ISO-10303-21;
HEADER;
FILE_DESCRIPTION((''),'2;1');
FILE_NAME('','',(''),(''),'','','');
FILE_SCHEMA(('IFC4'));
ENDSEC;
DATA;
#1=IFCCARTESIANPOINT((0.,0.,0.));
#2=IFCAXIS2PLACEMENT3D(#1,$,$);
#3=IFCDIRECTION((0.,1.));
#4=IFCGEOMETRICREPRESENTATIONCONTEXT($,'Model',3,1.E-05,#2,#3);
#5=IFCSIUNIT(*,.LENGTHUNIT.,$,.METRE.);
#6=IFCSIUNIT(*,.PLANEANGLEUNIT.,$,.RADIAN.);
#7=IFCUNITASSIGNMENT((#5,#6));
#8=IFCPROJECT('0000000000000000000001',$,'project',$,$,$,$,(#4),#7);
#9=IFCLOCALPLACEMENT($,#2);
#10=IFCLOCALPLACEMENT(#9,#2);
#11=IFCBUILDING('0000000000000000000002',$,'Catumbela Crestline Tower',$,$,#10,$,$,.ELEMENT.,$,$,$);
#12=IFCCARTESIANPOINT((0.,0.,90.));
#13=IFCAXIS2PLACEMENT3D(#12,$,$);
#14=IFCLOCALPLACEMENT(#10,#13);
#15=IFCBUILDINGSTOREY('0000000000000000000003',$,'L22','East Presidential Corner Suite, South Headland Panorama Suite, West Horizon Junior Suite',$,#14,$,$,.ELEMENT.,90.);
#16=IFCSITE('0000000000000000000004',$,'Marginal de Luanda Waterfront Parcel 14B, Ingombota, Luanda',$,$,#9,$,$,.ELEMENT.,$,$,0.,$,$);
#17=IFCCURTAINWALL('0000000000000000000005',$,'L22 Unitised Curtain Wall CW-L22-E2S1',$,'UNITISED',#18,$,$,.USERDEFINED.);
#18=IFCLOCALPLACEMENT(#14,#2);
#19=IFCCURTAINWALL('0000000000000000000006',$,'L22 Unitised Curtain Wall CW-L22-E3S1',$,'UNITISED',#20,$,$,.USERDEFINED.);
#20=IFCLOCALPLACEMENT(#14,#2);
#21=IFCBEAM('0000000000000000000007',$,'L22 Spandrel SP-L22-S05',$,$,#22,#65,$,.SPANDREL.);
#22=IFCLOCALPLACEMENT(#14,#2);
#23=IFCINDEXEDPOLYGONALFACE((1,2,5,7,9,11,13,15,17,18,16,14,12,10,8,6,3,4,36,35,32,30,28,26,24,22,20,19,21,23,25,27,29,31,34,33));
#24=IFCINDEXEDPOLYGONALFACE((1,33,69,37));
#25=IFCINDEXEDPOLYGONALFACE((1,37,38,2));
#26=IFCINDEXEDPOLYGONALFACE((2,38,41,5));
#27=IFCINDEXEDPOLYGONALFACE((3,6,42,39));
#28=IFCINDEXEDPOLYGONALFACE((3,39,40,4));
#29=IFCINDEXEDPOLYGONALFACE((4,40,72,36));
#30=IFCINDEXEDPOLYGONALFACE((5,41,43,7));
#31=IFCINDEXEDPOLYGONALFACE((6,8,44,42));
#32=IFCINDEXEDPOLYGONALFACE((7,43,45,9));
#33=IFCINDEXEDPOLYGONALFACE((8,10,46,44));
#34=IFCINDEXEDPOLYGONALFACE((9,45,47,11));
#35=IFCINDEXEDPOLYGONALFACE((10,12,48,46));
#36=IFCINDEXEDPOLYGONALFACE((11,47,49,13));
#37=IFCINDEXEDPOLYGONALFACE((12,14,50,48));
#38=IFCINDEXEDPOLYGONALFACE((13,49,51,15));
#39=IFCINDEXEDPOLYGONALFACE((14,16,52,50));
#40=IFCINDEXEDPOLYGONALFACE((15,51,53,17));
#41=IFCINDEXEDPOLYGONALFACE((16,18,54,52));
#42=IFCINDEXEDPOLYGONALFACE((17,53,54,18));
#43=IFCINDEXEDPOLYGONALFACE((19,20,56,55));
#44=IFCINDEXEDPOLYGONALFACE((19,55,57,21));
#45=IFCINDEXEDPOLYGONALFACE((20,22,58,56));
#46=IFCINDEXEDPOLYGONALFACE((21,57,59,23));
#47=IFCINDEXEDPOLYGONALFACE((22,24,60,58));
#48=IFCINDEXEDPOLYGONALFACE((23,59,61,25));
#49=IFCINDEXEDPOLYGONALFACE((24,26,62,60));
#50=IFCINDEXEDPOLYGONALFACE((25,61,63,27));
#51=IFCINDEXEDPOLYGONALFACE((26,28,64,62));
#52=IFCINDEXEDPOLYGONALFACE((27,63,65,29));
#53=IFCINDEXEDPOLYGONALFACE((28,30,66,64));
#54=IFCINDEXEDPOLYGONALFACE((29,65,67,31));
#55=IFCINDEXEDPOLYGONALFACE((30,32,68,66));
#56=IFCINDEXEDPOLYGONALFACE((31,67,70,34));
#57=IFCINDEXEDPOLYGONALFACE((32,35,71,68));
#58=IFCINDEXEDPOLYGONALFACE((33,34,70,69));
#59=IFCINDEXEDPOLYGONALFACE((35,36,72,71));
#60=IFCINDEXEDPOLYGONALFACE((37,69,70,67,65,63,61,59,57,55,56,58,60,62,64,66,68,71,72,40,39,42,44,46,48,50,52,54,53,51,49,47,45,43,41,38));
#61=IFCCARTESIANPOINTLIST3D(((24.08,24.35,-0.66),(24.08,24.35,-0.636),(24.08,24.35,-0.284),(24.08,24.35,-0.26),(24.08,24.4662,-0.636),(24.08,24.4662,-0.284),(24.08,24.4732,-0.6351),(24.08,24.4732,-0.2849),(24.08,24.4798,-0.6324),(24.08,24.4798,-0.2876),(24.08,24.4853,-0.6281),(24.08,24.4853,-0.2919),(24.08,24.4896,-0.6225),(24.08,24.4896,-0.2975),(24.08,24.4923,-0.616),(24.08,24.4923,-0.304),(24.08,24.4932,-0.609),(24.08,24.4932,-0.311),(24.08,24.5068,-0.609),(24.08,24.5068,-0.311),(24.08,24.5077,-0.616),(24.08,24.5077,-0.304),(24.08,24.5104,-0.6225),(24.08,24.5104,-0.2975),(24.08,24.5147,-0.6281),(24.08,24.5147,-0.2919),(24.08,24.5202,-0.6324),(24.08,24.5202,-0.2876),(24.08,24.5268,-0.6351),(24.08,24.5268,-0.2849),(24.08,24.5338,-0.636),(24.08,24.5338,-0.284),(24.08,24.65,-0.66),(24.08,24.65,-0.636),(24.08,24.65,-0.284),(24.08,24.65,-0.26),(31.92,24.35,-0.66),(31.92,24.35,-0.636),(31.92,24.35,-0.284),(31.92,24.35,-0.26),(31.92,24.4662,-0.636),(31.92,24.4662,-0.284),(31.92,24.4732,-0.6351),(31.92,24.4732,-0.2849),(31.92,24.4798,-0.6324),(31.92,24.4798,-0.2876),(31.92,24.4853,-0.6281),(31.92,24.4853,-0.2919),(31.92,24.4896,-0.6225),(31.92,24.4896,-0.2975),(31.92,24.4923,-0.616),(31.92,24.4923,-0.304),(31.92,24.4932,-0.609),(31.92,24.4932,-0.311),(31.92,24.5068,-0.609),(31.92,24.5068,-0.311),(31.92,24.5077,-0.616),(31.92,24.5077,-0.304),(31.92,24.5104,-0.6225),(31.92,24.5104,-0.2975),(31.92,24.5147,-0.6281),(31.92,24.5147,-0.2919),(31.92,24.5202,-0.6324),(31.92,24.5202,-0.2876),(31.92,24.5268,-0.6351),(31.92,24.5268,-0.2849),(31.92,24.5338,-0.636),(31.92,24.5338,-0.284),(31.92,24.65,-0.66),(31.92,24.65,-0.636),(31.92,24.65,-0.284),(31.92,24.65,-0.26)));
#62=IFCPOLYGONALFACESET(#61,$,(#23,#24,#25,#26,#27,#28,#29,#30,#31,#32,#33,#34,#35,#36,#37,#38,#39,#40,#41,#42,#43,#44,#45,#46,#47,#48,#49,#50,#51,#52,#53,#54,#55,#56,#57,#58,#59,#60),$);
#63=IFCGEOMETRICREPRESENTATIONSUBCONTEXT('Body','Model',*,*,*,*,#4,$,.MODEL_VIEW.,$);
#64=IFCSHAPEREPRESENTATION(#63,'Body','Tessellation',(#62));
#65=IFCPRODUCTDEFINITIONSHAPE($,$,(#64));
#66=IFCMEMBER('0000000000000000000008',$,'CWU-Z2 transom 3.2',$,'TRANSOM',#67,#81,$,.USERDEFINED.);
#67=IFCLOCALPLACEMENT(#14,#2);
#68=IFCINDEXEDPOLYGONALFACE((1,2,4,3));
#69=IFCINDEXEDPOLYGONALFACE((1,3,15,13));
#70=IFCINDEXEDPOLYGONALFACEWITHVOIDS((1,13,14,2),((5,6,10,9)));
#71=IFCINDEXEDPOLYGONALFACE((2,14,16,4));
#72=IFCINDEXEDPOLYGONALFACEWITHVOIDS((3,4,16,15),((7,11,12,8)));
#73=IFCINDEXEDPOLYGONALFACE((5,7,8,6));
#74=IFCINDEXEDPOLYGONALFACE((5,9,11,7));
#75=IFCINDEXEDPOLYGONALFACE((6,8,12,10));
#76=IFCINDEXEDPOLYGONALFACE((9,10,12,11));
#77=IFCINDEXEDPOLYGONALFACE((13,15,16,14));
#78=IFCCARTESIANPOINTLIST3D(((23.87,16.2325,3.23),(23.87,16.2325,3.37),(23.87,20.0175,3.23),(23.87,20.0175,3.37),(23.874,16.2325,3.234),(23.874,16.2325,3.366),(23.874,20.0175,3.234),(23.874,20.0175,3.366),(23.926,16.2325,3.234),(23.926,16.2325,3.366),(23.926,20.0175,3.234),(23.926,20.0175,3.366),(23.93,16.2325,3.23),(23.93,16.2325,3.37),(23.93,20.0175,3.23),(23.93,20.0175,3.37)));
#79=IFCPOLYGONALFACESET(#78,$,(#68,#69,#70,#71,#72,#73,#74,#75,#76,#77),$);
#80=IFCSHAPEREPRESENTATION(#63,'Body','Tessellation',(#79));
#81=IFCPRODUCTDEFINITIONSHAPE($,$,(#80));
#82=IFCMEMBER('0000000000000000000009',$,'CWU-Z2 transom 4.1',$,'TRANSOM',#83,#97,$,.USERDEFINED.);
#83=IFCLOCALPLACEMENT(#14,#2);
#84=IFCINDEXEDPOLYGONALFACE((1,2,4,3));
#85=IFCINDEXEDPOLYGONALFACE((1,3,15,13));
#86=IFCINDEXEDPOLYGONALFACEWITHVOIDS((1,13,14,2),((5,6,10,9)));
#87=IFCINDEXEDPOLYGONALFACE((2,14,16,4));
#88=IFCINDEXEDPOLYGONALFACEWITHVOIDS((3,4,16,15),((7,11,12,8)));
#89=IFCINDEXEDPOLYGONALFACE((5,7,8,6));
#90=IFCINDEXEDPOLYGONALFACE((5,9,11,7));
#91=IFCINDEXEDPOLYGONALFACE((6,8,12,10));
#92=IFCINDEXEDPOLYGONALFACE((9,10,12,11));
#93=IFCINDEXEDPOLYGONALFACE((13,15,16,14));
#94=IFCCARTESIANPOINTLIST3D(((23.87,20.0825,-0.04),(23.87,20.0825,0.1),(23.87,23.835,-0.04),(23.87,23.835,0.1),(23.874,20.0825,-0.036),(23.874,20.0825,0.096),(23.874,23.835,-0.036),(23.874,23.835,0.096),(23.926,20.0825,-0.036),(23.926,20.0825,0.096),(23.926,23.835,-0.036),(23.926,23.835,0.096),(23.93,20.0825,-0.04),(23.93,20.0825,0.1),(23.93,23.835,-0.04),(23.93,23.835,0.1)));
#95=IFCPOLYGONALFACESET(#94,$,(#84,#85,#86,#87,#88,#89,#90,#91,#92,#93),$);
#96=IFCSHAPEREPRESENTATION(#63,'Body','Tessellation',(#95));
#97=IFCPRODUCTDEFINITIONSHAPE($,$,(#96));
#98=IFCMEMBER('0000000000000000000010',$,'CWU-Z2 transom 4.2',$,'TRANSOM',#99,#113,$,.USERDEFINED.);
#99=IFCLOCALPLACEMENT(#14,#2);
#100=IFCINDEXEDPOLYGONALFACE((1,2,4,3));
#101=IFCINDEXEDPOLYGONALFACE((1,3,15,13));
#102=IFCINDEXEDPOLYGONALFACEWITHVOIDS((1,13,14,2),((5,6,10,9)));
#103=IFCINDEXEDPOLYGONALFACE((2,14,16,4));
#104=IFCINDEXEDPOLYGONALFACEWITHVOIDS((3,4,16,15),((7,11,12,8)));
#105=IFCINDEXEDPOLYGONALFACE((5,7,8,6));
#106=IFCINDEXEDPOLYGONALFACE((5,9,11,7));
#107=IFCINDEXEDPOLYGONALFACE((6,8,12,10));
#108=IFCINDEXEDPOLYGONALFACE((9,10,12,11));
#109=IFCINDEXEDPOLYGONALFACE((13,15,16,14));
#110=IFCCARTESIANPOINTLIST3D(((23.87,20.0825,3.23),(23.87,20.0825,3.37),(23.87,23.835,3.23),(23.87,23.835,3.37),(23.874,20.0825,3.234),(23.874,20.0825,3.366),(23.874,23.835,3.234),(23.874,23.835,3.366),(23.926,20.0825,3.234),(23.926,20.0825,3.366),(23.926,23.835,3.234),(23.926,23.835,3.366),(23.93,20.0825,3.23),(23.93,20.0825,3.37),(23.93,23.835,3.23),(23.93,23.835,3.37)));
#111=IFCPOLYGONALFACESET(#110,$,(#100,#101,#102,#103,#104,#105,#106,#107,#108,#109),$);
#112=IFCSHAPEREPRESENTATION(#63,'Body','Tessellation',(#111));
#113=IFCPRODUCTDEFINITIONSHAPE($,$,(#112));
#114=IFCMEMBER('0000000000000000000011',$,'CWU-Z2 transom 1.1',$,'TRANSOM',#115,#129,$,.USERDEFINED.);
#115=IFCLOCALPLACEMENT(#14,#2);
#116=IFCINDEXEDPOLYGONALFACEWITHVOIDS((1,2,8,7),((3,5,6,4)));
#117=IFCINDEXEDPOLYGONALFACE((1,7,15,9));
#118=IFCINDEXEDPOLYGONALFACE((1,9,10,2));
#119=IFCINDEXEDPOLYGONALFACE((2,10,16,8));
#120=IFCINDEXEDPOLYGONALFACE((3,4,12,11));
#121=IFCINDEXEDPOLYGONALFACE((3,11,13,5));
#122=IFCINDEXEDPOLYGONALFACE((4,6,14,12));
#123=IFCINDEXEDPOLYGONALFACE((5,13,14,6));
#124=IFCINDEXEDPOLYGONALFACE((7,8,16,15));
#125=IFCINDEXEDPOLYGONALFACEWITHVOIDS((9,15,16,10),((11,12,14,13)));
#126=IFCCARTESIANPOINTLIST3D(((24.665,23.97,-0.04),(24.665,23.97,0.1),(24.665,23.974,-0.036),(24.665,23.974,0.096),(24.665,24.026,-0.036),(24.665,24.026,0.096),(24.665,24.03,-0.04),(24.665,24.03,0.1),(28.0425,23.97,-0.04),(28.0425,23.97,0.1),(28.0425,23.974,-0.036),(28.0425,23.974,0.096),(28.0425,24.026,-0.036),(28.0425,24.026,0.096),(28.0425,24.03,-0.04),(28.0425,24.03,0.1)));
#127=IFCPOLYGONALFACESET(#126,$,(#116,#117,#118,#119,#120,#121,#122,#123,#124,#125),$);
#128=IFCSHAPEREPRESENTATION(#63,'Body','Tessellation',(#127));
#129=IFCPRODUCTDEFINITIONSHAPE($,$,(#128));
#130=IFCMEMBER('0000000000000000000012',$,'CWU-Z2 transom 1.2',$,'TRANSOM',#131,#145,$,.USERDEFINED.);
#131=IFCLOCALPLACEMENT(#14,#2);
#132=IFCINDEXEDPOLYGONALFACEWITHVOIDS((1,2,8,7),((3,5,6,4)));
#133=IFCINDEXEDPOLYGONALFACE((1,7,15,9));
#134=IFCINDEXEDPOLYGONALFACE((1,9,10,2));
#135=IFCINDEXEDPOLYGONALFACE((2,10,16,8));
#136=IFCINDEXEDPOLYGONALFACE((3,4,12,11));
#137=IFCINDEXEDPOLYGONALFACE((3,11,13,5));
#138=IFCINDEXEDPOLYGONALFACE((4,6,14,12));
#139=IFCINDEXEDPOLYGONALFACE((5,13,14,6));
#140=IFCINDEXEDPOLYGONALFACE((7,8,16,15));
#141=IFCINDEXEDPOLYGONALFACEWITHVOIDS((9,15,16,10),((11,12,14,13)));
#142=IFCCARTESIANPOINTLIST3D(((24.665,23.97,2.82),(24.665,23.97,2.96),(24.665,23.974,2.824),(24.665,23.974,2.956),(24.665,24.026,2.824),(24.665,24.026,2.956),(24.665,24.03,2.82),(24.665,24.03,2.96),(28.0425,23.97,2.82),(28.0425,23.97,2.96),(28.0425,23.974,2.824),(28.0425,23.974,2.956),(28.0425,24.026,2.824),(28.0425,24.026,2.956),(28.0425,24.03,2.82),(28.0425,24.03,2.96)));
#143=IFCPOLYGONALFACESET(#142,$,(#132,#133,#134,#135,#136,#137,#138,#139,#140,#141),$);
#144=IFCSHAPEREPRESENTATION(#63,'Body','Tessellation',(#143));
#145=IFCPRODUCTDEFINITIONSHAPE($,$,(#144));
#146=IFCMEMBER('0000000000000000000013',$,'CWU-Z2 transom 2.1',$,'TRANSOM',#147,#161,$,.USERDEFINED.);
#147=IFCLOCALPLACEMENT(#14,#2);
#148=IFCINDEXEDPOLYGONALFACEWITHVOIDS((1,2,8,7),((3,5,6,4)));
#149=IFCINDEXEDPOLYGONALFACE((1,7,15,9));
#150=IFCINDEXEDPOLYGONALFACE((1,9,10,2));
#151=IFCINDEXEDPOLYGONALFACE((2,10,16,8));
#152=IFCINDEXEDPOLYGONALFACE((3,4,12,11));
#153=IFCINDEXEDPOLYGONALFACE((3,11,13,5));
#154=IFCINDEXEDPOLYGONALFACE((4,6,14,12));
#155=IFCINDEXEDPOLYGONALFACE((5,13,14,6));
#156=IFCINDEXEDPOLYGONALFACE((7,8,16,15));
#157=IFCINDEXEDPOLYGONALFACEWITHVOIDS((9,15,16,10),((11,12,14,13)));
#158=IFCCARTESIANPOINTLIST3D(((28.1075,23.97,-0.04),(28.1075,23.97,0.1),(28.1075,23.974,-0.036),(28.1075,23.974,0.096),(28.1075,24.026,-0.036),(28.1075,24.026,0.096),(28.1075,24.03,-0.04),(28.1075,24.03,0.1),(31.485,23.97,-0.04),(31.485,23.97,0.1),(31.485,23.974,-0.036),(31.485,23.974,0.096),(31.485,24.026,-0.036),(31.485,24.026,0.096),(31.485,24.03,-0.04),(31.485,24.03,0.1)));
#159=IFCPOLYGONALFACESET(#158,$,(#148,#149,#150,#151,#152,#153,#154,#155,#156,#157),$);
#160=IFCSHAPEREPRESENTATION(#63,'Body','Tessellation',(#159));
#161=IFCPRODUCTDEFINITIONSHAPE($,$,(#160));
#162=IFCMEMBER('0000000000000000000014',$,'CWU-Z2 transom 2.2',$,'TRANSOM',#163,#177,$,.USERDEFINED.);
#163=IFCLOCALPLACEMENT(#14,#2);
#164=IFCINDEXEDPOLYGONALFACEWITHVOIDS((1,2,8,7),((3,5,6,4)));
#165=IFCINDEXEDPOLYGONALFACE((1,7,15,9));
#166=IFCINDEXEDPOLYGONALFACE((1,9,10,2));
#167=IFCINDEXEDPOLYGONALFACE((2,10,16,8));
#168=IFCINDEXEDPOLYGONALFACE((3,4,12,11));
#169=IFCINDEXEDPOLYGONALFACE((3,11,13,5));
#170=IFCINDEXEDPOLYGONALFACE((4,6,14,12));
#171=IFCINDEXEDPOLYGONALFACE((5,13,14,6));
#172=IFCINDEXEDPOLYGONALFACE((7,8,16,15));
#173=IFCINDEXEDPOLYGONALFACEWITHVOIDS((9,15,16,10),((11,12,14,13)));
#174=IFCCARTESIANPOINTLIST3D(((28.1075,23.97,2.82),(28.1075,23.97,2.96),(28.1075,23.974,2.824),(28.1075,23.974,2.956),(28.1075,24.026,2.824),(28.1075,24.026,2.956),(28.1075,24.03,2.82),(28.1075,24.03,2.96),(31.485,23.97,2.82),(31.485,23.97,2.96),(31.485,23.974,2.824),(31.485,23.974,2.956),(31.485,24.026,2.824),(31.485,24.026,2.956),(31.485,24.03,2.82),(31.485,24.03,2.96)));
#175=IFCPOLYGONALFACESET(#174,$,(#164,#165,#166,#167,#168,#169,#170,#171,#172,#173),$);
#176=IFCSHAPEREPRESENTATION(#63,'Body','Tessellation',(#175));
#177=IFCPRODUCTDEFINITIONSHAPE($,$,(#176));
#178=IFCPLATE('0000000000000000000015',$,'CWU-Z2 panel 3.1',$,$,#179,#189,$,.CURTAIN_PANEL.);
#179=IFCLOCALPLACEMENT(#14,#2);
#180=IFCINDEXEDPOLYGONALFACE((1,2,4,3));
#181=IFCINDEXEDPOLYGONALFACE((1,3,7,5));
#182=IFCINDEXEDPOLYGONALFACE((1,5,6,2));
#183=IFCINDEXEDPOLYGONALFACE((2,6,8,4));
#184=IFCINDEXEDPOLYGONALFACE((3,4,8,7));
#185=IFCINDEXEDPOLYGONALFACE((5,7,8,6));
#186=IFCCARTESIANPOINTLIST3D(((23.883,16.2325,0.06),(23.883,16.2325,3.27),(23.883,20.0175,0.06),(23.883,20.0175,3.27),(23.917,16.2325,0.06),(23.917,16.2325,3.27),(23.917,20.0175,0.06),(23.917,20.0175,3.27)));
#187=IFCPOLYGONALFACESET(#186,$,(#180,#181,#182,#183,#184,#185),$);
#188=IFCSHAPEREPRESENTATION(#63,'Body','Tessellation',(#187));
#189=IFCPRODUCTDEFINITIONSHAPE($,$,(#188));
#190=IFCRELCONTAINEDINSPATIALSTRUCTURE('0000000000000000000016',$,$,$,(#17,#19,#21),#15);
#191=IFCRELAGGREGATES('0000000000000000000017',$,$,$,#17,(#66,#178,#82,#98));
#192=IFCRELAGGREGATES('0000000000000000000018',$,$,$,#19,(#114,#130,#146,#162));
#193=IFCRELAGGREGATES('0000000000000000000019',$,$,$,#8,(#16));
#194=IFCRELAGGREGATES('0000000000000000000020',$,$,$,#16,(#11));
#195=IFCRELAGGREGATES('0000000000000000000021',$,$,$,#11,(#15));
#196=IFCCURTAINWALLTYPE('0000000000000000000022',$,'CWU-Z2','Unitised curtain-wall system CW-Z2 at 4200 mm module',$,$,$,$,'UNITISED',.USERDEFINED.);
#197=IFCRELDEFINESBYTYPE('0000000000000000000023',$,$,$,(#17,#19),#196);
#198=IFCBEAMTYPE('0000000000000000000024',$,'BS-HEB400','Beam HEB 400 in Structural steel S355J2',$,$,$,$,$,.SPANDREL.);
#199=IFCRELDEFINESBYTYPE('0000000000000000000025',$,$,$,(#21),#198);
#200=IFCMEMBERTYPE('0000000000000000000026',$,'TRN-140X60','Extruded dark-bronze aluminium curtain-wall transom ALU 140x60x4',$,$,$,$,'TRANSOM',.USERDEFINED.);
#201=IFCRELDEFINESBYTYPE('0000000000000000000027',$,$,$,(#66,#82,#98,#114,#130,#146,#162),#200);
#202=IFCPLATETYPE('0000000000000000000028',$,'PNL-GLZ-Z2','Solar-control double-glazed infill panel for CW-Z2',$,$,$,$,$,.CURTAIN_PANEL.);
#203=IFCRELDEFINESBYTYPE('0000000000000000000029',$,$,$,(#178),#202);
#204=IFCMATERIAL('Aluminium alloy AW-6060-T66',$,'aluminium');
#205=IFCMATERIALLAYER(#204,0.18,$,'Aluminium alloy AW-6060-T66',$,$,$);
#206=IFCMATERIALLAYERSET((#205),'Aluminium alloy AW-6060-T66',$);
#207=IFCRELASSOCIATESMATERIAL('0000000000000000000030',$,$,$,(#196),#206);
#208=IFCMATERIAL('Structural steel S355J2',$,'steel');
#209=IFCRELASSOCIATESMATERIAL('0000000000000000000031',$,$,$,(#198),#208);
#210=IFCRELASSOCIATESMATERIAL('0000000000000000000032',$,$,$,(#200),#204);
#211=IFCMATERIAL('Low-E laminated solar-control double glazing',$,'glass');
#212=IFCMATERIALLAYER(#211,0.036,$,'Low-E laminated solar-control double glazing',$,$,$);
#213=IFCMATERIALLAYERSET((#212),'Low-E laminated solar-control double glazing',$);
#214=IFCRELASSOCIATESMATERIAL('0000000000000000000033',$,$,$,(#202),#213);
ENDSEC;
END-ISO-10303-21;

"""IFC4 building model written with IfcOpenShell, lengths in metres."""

from ifc_helpers import new_model, si_unit, direction, frame, origin, origin_2d, place, context, subcontext, project, spatial, rectangle, hollow_rectangle, i_section, extrude, material, layer, layer_set, material_profile, profile_set, type_object, element, aggregate, save


model = new_model("IFC4")

# Units and contexts
model_context = context("Model", 3, precision=1e-05, world=origin(), true_north=direction((0.0, 1.0)))
body_context = subcontext(model_context, "Body", "Model", "MODEL_VIEW")
ifc_project = project(units=[si_unit("LENGTHUNIT", "METRE"), si_unit("PLANEANGLEUNIT", "RADIAN")], contexts=[model_context])

# Site, building, storey
site_placement = place(None, origin())
site = spatial("IfcSite", under=ifc_project, at=site_placement, Name="Marginal de Luanda Waterfront Parcel 14B, Ingombota, Luanda", CompositionType="ELEMENT", RefElevation=0.0)
building_placement = place(site_placement, origin())
building = spatial("IfcBuilding", under=site, at=building_placement, Name="Catumbela Crestline Tower", CompositionType="ELEMENT")
storey_placement = place(building_placement, frame((0.0, 0.0, 90.0)))
storey = spatial("IfcBuildingStorey", under=building, at=storey_placement, Name="L22", Description="East Presidential Corner Suite, South Headland Panorama Suite, West Horizon Junior Suite", CompositionType="ELEMENT", Elevation=90.0)

# Shared definitions
ifc_material_1 = material(Name="Structural steel S355J2", Category="steel")

# Curtain walls
ifc_material_2 = material(Name="Aluminium alloy AW-6060-T66", Category="aluminium")
ifc_layer_1 = layer(ifc_material_2, 0.18, Name="Aluminium alloy AW-6060-T66")
ifc_layer_set_1 = layer_set([ifc_layer_1], Name="Aluminium alloy AW-6060-T66")
curtain_wall_type = type_object("IfcCurtainWallType", Name="CWU-Z2", Description="Unitised curtain-wall system CW-Z2 at 4200 mm module", ElementType="UNITISED", PredefinedType="USERDEFINED", material=ifc_layer_set_1)
curtain_wall_1_placement = place(storey_placement, origin())
curtain_wall_1 = element("IfcCurtainWall", 1, at=curtain_wall_1_placement, inside=storey, type_object=curtain_wall_type, Name="L22 Unitised Curtain Wall CW-L22-E2S1", ObjectType="UNITISED", PredefinedType="USERDEFINED")
curtain_wall_2_placement = place(storey_placement, origin())
curtain_wall_2 = element("IfcCurtainWall", 2, at=curtain_wall_2_placement, inside=storey, type_object=curtain_wall_type, Name="L22 Unitised Curtain Wall CW-L22-E3S1", ObjectType="UNITISED", PredefinedType="USERDEFINED")

# Beam
ifc_material_profile_1 = material_profile(ifc_material_1, i_section(OverallWidth=0.3, OverallDepth=0.4, WebThickness=0.0135, FlangeThickness=0.024, FilletRadius=0.027, at=origin_2d()), Name="HEB 400")
ifc_profile_set_1 = profile_set([ifc_material_profile_1], Name="Structural steel S355J2")
beam_type_1 = type_object("IfcBeamType", Name="BS-HEB400", Description="Beam HEB 400 in Structural steel S355J2", PredefinedType="SPANDREL", material=ifc_profile_set_1)
beam_1_placement = place(storey_placement, frame((24.08, 24.5, -0.46), z_axis=(1.0, 0.0, 0.0), x_axis=(0.0, 1.0, 0.0)))
element("IfcBeam", 3, at=beam_1_placement, inside=storey, type_object=beam_type_1, Name="L22 Spandrel SP-L22-S05", PredefinedType="SPANDREL", context=body_context, shape_type="SweptSolid", body=[
    extrude(i_section(OverallWidth=0.3, OverallDepth=0.4, WebThickness=0.0135, FlangeThickness=0.024, FilletRadius=0.027, at=origin_2d()), origin(), (0.0, 0.0, 1.0), 7.84),
])

# Members
ifc_material_profile_2 = material_profile(ifc_material_2, hollow_rectangle(XDim=0.06, YDim=0.14, WallThickness=0.004, at=origin_2d()), Name="ALU 140x60x4")
ifc_profile_set_2 = profile_set([ifc_material_profile_2], Name="Aluminium alloy AW-6060-T66")
member_type_1 = type_object("IfcMemberType", Name="TRN-140X60", Description="Extruded dark-bronze aluminium curtain-wall transom ALU 140x60x4", ElementType="TRANSOM", PredefinedType="USERDEFINED", material=ifc_profile_set_2)
member_1_placement = place(storey_placement, frame((23.9, 16.2325, 3.3), z_axis=(0.0, 1.0, 0.0), x_axis=(-1.0, 0.0, 0.0)))
member_1 = element("IfcMember", 4, at=member_1_placement, type_object=member_type_1, Name="CWU-Z2 transom 3.2", ObjectType="TRANSOM", PredefinedType="USERDEFINED", context=body_context, shape_type="SweptSolid", body=[
    extrude(hollow_rectangle(XDim=0.06, YDim=0.14, WallThickness=0.004, at=origin_2d()), origin(), (0.0, 0.0, 1.0), 3.785),
])
member_2_placement = place(storey_placement, frame((23.9, 20.0825, 0.03), z_axis=(0.0, 1.0, 0.0), x_axis=(-1.0, 0.0, 0.0)))
member_2 = element("IfcMember", 5, at=member_2_placement, type_object=member_type_1, Name="CWU-Z2 transom 4.1", ObjectType="TRANSOM", PredefinedType="USERDEFINED", context=body_context, shape_type="SweptSolid", body=[
    extrude(hollow_rectangle(XDim=0.06, YDim=0.14, WallThickness=0.004, at=origin_2d()), origin(), (0.0, 0.0, 1.0), 3.7525),
])
member_3_placement = place(storey_placement, frame((23.9, 20.0825, 3.3), z_axis=(0.0, 1.0, 0.0), x_axis=(-1.0, 0.0, 0.0)))
member_3 = element("IfcMember", 6, at=member_3_placement, type_object=member_type_1, Name="CWU-Z2 transom 4.2", ObjectType="TRANSOM", PredefinedType="USERDEFINED", context=body_context, shape_type="SweptSolid", body=[
    extrude(hollow_rectangle(XDim=0.06, YDim=0.14, WallThickness=0.004, at=origin_2d()), origin(), (0.0, 0.0, 1.0), 3.7525),
])
member_4_placement = place(storey_placement, frame((24.665, 24.0, 0.03), z_axis=(1.0, 0.0, 0.0), x_axis=(0.0, 1.0, 0.0)))
member_4 = element("IfcMember", 7, at=member_4_placement, type_object=member_type_1, Name="CWU-Z2 transom 1.1", ObjectType="TRANSOM", PredefinedType="USERDEFINED", context=body_context, shape_type="SweptSolid", body=[
    extrude(hollow_rectangle(XDim=0.06, YDim=0.14, WallThickness=0.004, at=origin_2d()), origin(), (0.0, 0.0, 1.0), 3.3775),
])
member_5_placement = place(storey_placement, frame((24.665, 24.0, 2.89), z_axis=(1.0, 0.0, 0.0), x_axis=(0.0, 1.0, 0.0)))
member_5 = element("IfcMember", 8, at=member_5_placement, type_object=member_type_1, Name="CWU-Z2 transom 1.2", ObjectType="TRANSOM", PredefinedType="USERDEFINED", context=body_context, shape_type="SweptSolid", body=[
    extrude(hollow_rectangle(XDim=0.06, YDim=0.14, WallThickness=0.004, at=origin_2d()), origin(), (0.0, 0.0, 1.0), 3.3775),
])
member_6_placement = place(storey_placement, frame((28.1075, 24.0, 0.03), z_axis=(1.0, 0.0, 0.0), x_axis=(0.0, 1.0, 0.0)))
member_6 = element("IfcMember", 9, at=member_6_placement, type_object=member_type_1, Name="CWU-Z2 transom 2.1", ObjectType="TRANSOM", PredefinedType="USERDEFINED", context=body_context, shape_type="SweptSolid", body=[
    extrude(hollow_rectangle(XDim=0.06, YDim=0.14, WallThickness=0.004, at=origin_2d()), origin(), (0.0, 0.0, 1.0), 3.3775),
])
member_7_placement = place(storey_placement, frame((28.1075, 24.0, 2.89), z_axis=(1.0, 0.0, 0.0), x_axis=(0.0, 1.0, 0.0)))
member_7 = element("IfcMember", 10, at=member_7_placement, type_object=member_type_1, Name="CWU-Z2 transom 2.2", ObjectType="TRANSOM", PredefinedType="USERDEFINED", context=body_context, shape_type="SweptSolid", body=[
    extrude(hollow_rectangle(XDim=0.06, YDim=0.14, WallThickness=0.004, at=origin_2d()), origin(), (0.0, 0.0, 1.0), 3.3775),
])

# Plate
ifc_material_3 = material(Name="Low-E laminated solar-control double glazing", Category="glass")
ifc_layer_2 = layer(ifc_material_3, 0.036, Name="Low-E laminated solar-control double glazing")
ifc_layer_set_2 = layer_set([ifc_layer_2], Name="Low-E laminated solar-control double glazing")
plate_type = type_object("IfcPlateType", Name="PNL-GLZ-Z2", Description="Solar-control double-glazed infill panel for CW-Z2", PredefinedType="CURTAIN_PANEL", material=ifc_layer_set_2)
plate_1_placement = place(storey_placement, frame((23.9, 18.125, 0.06), z_axis=(0.0, 0.0, 1.0), x_axis=(0.0, 1.0, 0.0)))
plate_1 = element("IfcPlate", 11, at=plate_1_placement, type_object=plate_type, Name="CWU-Z2 panel 3.1", PredefinedType="CURTAIN_PANEL", context=body_context, shape_type="SweptSolid", body=[
    extrude(rectangle(XDim=3.785, YDim=0.034, at=origin_2d()), origin(), (0.0, 0.0, 1.0), 3.21),
])
aggregate(curtain_wall_1, [member_1, plate_1, member_2, member_3])
aggregate(curtain_wall_2, [member_4, member_5, member_6, member_7])

save(model, "model.ifc")
